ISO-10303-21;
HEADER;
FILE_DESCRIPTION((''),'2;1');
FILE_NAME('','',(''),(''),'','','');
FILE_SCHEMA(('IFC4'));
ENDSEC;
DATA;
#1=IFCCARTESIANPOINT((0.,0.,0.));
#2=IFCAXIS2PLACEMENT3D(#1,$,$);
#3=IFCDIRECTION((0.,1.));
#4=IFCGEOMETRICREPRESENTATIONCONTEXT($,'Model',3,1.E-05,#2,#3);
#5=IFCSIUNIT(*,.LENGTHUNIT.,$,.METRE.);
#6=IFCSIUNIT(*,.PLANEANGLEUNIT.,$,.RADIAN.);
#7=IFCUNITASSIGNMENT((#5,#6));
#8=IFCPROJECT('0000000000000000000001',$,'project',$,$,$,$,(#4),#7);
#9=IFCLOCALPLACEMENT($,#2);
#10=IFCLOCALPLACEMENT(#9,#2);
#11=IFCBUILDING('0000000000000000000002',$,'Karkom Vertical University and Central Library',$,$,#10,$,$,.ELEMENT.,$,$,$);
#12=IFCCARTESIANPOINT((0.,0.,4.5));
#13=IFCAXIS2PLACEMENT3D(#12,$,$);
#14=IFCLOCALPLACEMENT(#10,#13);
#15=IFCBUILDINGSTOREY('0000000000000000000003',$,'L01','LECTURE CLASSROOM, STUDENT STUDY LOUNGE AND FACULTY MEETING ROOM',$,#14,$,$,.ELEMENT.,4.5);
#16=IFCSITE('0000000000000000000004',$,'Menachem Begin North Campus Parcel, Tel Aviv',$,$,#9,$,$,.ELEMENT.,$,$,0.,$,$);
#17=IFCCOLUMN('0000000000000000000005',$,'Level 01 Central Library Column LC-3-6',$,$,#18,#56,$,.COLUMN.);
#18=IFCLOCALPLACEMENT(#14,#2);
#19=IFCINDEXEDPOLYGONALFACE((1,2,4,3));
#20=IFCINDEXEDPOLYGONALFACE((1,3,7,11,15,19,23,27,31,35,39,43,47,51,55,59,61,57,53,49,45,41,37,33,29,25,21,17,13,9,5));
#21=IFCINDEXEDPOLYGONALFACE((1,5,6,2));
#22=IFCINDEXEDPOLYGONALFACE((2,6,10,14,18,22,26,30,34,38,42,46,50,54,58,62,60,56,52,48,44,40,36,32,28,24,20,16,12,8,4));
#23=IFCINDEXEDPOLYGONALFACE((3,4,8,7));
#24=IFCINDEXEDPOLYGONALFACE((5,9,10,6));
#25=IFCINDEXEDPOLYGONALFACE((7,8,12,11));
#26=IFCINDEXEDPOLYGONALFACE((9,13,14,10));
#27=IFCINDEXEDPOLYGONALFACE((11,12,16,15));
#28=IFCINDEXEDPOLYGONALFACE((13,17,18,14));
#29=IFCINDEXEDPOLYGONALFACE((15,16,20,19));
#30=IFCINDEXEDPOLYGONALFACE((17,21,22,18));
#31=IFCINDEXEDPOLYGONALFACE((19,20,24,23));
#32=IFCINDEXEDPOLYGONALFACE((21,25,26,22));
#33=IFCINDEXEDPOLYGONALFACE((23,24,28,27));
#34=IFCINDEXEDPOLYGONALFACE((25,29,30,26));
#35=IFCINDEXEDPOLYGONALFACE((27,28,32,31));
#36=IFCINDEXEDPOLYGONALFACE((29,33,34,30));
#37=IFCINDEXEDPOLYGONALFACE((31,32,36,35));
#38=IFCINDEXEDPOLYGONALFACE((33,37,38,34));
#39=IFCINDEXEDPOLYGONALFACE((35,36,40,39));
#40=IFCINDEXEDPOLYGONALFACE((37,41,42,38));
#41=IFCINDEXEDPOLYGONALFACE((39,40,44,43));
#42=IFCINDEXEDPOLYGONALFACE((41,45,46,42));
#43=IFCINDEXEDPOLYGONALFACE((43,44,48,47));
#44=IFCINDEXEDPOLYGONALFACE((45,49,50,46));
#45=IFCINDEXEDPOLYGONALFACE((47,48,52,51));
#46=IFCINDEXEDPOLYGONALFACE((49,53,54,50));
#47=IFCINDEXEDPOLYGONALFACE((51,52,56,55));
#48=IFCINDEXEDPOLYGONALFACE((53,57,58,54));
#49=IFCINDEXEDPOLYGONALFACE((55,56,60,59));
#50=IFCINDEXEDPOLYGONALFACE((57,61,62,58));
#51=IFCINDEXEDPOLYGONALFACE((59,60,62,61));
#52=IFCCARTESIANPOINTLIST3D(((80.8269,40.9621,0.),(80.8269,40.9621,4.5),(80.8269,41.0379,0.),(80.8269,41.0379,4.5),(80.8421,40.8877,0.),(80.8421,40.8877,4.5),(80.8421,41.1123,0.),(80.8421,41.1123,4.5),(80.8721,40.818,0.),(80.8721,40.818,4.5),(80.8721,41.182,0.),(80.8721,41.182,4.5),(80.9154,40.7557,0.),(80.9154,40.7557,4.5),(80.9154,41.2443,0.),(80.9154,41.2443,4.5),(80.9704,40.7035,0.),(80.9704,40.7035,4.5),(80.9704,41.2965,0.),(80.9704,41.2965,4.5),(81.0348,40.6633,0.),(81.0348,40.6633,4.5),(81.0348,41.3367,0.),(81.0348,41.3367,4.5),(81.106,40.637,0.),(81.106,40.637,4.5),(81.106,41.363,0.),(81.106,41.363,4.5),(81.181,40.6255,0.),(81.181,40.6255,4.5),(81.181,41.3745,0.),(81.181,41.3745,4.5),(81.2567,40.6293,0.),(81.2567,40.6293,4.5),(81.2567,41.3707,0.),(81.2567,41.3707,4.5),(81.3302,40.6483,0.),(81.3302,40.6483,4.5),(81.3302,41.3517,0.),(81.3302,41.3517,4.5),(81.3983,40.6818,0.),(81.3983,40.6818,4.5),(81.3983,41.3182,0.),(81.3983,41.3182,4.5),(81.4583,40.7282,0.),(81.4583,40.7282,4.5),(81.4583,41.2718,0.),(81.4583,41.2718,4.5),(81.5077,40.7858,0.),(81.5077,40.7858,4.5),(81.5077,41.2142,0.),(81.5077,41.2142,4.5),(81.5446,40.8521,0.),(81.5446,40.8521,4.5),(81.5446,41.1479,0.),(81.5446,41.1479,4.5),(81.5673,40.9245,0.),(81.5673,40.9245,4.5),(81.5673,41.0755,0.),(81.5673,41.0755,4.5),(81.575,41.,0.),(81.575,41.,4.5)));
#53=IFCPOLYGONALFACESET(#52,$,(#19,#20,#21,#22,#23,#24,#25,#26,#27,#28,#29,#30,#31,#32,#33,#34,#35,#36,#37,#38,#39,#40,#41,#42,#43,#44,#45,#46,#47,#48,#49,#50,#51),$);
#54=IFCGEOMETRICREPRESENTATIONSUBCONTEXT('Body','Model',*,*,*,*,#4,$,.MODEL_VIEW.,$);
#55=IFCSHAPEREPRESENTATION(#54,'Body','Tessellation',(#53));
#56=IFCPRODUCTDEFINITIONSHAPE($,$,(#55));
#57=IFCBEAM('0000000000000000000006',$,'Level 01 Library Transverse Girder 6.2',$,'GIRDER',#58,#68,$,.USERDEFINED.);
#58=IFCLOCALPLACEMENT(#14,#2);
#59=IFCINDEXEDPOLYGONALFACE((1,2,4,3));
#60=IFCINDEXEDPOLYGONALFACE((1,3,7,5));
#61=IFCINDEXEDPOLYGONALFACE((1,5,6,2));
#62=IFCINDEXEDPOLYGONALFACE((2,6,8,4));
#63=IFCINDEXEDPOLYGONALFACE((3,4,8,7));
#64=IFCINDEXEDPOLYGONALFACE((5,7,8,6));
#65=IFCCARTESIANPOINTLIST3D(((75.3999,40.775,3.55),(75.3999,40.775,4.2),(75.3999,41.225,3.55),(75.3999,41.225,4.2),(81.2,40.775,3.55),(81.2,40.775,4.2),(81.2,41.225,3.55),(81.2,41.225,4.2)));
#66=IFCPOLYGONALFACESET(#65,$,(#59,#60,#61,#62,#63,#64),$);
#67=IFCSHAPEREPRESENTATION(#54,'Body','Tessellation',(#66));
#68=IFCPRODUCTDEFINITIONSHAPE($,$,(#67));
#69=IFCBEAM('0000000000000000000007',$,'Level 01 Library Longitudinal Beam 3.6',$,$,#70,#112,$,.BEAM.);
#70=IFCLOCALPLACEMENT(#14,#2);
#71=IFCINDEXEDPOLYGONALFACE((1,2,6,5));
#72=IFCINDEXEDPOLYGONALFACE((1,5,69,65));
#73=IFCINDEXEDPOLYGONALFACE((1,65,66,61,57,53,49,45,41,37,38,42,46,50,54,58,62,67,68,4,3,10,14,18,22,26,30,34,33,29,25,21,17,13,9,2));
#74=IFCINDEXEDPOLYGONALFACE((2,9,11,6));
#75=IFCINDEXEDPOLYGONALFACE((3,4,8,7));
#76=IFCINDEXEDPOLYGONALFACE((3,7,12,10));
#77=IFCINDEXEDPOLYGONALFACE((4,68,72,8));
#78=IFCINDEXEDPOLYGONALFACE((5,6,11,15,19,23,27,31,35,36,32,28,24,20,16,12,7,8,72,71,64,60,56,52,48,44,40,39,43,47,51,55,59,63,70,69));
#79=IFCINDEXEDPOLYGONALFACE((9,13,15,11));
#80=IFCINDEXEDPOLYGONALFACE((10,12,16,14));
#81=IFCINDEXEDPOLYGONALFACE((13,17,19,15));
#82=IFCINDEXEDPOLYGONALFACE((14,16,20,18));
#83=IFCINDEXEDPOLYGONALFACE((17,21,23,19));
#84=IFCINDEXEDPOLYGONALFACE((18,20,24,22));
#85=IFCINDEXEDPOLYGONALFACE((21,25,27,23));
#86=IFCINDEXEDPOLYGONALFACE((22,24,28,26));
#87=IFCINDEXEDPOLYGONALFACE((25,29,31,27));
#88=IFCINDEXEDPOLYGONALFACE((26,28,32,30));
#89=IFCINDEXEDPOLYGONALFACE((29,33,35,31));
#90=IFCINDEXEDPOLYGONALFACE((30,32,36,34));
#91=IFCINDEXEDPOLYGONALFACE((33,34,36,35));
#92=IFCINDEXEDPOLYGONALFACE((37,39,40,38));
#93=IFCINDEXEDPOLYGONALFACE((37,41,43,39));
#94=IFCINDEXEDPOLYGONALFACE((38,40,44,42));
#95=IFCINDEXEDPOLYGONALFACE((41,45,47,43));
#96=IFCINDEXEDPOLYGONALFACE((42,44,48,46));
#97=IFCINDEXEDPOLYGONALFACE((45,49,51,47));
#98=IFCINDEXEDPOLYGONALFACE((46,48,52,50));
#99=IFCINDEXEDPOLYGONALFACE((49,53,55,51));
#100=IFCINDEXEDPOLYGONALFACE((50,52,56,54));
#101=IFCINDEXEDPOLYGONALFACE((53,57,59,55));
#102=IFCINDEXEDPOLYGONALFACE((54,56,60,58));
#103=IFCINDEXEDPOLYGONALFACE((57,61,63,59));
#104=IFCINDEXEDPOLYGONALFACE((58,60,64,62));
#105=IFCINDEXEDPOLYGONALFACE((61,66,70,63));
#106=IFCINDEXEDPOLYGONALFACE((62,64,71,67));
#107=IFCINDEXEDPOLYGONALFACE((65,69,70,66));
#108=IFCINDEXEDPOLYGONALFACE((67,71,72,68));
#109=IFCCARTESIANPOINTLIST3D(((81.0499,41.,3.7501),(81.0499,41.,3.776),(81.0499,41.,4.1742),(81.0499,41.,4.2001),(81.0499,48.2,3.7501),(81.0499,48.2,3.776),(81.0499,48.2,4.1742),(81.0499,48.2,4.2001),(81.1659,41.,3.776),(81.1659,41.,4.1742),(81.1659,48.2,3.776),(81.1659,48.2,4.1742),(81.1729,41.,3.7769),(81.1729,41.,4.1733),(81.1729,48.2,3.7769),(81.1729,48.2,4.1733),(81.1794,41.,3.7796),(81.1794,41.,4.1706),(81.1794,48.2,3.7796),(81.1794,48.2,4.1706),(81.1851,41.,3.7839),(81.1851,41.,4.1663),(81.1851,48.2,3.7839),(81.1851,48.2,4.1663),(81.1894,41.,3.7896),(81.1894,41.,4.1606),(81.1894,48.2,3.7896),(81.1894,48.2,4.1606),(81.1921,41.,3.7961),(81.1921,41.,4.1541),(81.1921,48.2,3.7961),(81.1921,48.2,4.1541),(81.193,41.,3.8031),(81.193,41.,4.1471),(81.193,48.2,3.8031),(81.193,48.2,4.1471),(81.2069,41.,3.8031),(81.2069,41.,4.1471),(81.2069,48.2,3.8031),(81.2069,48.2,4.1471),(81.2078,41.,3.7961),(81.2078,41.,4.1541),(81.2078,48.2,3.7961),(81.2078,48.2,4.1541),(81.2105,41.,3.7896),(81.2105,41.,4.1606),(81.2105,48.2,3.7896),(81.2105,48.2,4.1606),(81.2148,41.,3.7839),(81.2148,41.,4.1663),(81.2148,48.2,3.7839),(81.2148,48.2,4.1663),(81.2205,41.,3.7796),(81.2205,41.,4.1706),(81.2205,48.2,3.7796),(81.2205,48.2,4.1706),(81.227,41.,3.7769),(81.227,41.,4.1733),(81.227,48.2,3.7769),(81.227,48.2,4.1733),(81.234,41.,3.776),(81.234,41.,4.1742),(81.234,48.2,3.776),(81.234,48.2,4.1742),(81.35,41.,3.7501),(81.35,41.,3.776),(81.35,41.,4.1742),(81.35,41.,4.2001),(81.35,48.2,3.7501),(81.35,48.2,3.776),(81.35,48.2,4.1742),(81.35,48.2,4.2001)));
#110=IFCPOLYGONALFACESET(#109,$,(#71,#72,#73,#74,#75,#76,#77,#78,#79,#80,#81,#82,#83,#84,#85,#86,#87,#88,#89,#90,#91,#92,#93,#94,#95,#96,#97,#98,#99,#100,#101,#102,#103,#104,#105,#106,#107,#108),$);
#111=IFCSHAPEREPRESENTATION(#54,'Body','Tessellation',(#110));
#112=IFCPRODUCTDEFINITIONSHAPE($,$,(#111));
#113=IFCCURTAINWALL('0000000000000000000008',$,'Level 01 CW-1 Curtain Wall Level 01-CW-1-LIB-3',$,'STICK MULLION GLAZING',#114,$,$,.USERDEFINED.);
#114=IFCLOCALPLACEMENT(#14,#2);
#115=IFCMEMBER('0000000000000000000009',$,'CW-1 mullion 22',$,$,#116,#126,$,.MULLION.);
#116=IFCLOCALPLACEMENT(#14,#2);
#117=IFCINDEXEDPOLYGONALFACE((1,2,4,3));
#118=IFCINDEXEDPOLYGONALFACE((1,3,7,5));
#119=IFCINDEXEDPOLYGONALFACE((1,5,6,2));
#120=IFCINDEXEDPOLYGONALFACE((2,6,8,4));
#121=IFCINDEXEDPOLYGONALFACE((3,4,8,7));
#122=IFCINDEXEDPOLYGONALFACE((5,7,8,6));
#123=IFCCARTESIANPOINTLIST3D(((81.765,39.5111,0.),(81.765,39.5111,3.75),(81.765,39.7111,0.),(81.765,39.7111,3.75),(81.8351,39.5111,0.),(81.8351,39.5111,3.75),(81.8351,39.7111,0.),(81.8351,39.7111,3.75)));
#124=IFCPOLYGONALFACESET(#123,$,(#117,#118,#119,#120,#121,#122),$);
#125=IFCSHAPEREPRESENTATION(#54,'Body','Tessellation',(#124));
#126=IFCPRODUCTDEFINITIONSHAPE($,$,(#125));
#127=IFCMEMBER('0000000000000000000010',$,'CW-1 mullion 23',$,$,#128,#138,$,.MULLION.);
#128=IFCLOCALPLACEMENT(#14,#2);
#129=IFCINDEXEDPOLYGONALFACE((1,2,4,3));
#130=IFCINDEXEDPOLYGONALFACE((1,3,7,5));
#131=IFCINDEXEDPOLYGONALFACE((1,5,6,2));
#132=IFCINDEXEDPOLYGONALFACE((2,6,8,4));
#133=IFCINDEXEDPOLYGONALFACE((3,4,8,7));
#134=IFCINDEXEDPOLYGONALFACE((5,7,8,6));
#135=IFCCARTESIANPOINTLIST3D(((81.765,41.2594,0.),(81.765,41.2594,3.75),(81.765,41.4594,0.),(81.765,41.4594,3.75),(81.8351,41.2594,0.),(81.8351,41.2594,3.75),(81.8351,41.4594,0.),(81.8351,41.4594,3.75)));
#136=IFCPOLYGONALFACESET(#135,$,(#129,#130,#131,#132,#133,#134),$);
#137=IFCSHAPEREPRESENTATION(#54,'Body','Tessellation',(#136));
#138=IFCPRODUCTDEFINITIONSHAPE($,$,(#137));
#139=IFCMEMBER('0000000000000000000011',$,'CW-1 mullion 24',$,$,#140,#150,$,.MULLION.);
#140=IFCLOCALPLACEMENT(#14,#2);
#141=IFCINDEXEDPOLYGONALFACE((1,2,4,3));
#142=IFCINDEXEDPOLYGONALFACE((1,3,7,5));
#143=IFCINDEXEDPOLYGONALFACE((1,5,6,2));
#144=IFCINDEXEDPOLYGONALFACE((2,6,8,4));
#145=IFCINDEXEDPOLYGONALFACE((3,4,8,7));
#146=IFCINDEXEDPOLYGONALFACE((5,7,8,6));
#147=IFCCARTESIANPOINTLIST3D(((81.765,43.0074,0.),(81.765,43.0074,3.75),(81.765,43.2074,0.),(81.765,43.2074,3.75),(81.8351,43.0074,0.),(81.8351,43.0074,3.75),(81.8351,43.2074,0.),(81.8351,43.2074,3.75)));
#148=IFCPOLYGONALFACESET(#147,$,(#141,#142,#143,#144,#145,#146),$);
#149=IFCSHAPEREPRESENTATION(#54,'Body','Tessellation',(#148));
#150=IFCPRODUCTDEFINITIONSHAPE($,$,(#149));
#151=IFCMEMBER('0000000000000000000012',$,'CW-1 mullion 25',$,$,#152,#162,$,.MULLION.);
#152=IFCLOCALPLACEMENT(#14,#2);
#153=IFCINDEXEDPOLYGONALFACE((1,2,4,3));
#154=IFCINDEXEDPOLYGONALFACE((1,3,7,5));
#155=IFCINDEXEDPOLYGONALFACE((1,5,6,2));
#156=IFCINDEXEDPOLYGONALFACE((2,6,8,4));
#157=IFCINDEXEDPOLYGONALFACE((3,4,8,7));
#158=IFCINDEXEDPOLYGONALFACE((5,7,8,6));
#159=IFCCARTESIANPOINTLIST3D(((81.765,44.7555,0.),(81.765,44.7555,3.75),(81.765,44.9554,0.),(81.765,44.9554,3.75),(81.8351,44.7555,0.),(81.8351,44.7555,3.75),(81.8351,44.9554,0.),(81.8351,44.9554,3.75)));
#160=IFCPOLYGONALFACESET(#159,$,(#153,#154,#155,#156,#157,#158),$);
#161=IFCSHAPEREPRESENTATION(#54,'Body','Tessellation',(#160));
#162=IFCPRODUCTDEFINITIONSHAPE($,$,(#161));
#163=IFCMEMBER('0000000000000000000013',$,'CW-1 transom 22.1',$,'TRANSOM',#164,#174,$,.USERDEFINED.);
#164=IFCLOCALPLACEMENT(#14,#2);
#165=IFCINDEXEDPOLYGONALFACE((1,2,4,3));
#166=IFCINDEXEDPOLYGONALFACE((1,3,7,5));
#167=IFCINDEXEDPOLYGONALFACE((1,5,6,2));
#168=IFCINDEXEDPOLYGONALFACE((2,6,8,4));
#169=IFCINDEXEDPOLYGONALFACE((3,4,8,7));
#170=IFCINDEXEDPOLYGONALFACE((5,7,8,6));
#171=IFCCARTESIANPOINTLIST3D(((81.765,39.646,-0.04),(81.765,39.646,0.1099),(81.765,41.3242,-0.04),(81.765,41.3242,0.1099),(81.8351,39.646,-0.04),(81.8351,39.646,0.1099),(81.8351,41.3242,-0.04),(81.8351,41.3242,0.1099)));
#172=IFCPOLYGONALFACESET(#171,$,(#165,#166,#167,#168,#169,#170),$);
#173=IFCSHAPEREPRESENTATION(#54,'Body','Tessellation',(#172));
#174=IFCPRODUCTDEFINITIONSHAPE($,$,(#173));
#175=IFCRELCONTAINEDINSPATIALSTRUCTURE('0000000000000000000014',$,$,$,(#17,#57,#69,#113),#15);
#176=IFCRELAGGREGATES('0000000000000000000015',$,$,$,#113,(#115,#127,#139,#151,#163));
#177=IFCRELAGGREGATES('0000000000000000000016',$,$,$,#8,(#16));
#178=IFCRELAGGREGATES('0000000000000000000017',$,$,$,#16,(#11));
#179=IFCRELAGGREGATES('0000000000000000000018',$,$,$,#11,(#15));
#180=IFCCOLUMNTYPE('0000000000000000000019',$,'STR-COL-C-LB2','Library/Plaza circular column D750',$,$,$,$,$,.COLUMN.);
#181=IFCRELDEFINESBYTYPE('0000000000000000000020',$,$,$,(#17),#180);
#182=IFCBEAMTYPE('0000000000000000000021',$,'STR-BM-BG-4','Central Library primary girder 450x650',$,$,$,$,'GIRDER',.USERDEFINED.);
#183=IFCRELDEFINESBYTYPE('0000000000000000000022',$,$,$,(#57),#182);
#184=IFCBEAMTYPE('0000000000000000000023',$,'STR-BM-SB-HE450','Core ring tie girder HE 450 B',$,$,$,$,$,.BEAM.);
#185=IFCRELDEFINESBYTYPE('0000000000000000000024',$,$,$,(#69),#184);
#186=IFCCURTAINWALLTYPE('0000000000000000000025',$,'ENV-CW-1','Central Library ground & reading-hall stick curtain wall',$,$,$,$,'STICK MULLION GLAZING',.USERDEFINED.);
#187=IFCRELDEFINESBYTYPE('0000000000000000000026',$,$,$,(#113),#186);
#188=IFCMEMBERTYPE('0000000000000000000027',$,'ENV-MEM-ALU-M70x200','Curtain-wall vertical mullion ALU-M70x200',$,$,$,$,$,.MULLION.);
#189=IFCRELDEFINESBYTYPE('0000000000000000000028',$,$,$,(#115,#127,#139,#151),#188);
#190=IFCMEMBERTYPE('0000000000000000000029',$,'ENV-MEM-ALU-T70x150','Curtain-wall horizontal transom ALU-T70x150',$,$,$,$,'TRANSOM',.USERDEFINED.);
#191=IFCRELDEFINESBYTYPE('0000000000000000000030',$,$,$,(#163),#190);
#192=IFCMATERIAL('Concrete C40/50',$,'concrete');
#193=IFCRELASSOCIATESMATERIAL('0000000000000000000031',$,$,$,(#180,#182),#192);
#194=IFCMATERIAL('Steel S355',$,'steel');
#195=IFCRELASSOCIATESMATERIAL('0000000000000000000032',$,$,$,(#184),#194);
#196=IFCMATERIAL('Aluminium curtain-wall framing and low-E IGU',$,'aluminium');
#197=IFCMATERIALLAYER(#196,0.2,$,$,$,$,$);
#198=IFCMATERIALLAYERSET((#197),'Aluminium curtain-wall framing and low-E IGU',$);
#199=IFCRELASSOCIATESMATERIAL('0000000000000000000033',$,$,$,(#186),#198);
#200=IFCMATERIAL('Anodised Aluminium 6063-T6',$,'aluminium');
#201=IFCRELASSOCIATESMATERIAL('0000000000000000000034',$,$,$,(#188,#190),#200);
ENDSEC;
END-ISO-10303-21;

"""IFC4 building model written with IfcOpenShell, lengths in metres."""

from ifc_helpers import new_model, si_unit, direction, frame, origin, origin_with_axes, origin_2d, place, context, subcontext, project, spatial, rectangle, circle, i_section, extrude, source, transform, mapped, material, layer, layer_set, material_profile, profile_set, type_object, element, aggregate, save


model = new_model("IFC4")

# Units and contexts
model_context = context("Model", 3, precision=1e-05, world=origin(), true_north=direction((0.0, 1.0)))
body_context = subcontext(model_context, "Body", "Model", "MODEL_VIEW")
ifc_project = project(units=[si_unit("LENGTHUNIT", "METRE"), si_unit("PLANEANGLEUNIT", "RADIAN")], contexts=[model_context])

# Site, building, storey
site_placement = place(None, origin())
site = spatial("IfcSite", under=ifc_project, at=site_placement, Name="Menachem Begin North Campus Parcel, Tel Aviv", CompositionType="ELEMENT", RefElevation=0.0)
building_placement = place(site_placement, origin())
building = spatial("IfcBuilding", under=site, at=building_placement, Name="Karkom Vertical University and Central Library", CompositionType="ELEMENT")
storey_placement = place(building_placement, frame((0.0, 0.0, 4.5)))
storey = spatial("IfcBuildingStorey", under=building, at=storey_placement, Name="L01", Description="LECTURE CLASSROOM, STUDENT STUDY LOUNGE AND FACULTY MEETING ROOM", CompositionType="ELEMENT", Elevation=4.5)

# Column
ifc_material_1 = material(Name="Concrete C40/50", Category="concrete")
ifc_material_profile_1 = material_profile(ifc_material_1, circle(Radius=0.375, at=origin_2d()), Name="RC-D750")
ifc_profile_set_1 = profile_set([ifc_material_profile_1], Name="Concrete C40/50")
column_type = type_object("IfcColumnType", Name="STR-COL-C-LB2", Description="Library/Plaza circular column D750", PredefinedType="COLUMN", material=ifc_profile_set_1)
shared_shape_1 = source(origin_with_axes(), body_context, "Body", "SweptSolid", [
    extrude(circle(Radius=0.375, at=origin_2d()), origin(), (0.0, 0.0, 1.0), 4.5),
])
column_placement = place(storey_placement, frame((81.2, 41.0, 0.0), z_axis=(0.0, 0.0, 1.0), x_axis=(1.0, 0.0, 0.0)))
element("IfcColumn", 1, at=column_placement, inside=storey, type_object=column_type, Name="Level 01 Central Library Column LC-3-6", PredefinedType="COLUMN", context=body_context, shape_type="MappedRepresentation", body=[
    mapped(shared_shape_1, transform((0.0, 0.0, 0.0), scale=1.0)),
])

# Beams
ifc_material_profile_2 = material_profile(ifc_material_1, rectangle(XDim=0.45, YDim=0.6499, at=origin_2d()), Name="RCB-450x650")
ifc_profile_set_2 = profile_set([ifc_material_profile_2], Name="Concrete C40/50")
beam_type_1 = type_object("IfcBeamType", Name="STR-BM-BG-4", Description="Central Library primary girder 450x650", ElementType="GIRDER", PredefinedType="USERDEFINED", material=ifc_profile_set_2)
shared_shape_2 = source(origin_with_axes(), body_context, "Body", "SweptSolid", [
    extrude(rectangle(XDim=0.45, YDim=0.6499, at=origin_2d()), origin(), (0.0, 0.0, 1.0), 5.8),
])
beam_1_placement = place(storey_placement, frame((75.3999, 41.0, 3.875), z_axis=(1.0, 0.0, 0.0), x_axis=(0.0, 1.0, 0.0)))
element("IfcBeam", 2, at=beam_1_placement, inside=storey, type_object=beam_type_1, Name="Level 01 Library Transverse Girder 6.2", ObjectType="GIRDER", PredefinedType="USERDEFINED", context=body_context, shape_type="MappedRepresentation", body=[
    mapped(shared_shape_2, transform((0.0, 0.0, 0.0), scale=1.0)),
])
ifc_material_2 = material(Name="Steel S355", Category="steel")
ifc_material_profile_3 = material_profile(ifc_material_2, i_section(OverallWidth=0.3, OverallDepth=0.45, WebThickness=0.0139, FlangeThickness=0.0259, FilletRadius=0.0271, at=origin_2d()), Name="HE 450 B")
ifc_profile_set_3 = profile_set([ifc_material_profile_3], Name="Steel S355")
beam_type_2 = type_object("IfcBeamType", Name="STR-BM-SB-HE450", Description="Core ring tie girder HE 450 B", PredefinedType="BEAM", material=ifc_profile_set_3)
shared_shape_3 = source(origin_with_axes(), body_context, "Body", "SweptSolid", [
    extrude(i_section(OverallWidth=0.3, OverallDepth=0.45, WebThickness=0.0139, FlangeThickness=0.0259, FilletRadius=0.0271, at=origin_2d()), origin(), (0.0, 0.0, 1.0), 7.2),
])
beam_2_placement = place(storey_placement, frame((81.2, 41.0, 3.9751), z_axis=(0.0, 1.0, 0.0), x_axis=(-1.0, 0.0, 0.0)))
element("IfcBeam", 3, at=beam_2_placement, inside=storey, type_object=beam_type_2, Name="Level 01 Library Longitudinal Beam 3.6", PredefinedType="BEAM", context=body_context, shape_type="MappedRepresentation", body=[
    mapped(shared_shape_3, transform((0.0, 0.0, 0.0), scale=1.0)),
])

# Curtain wall, members
ifc_material_3 = material(Name="Aluminium curtain-wall framing and low-E IGU", Category="aluminium")
ifc_layer_1 = layer(ifc_material_3, 0.2)
ifc_layer_set_1 = layer_set([ifc_layer_1], Name="Aluminium curtain-wall framing and low-E IGU")
curtain_wall_type = type_object("IfcCurtainWallType", Name="ENV-CW-1", Description="Central Library ground & reading-hall stick curtain wall", ElementType="STICK MULLION GLAZING", PredefinedType="USERDEFINED", material=ifc_layer_set_1)
curtain_wall_placement = place(storey_placement, origin())
curtain_wall = element("IfcCurtainWall", 4, at=curtain_wall_placement, inside=storey, type_object=curtain_wall_type, Name="Level 01 CW-1 Curtain Wall Level 01-CW-1-LIB-3", ObjectType="STICK MULLION GLAZING", PredefinedType="USERDEFINED")
ifc_material_4 = material(Name="Anodised Aluminium 6063-T6", Category="aluminium")
ifc_material_profile_4 = material_profile(ifc_material_4, rectangle(XDim=0.0701, YDim=0.2, at=origin_2d()), Name="ALU-M70x200")
ifc_profile_set_4 = profile_set([ifc_material_profile_4], Name="Anodised Aluminium 6063-T6")
member_type_1 = type_object("IfcMemberType", Name="ENV-MEM-ALU-M70x200", Description="Curtain-wall vertical mullion ALU-M70x200", PredefinedType="MULLION", material=ifc_profile_set_4)
shared_shape_4 = source(origin_with_axes(), body_context, "Body", "SweptSolid", [
    extrude(rectangle(XDim=0.0701, YDim=0.2, at=origin_2d()), origin(), (0.0, 0.0, 1.0), 3.75),
])
member_1_placement = place(storey_placement, frame((81.8, 39.6111, 0.0), z_axis=(0.0, 0.0, 1.0), x_axis=(-1.0, 0.0, 0.0)))
member_1 = element("IfcMember", 5, at=member_1_placement, type_object=member_type_1, Name="CW-1 mullion 22", PredefinedType="MULLION", context=body_context, shape_type="MappedRepresentation", body=[
    mapped(shared_shape_4, transform((0.0, 0.0, 0.0), scale=1.0)),
])
member_2_placement = place(storey_placement, frame((81.8, 41.3594, 0.0), z_axis=(0.0, 0.0, 1.0), x_axis=(-1.0, 0.0, 0.0)))
member_2 = element("IfcMember", 6, at=member_2_placement, type_object=member_type_1, Name="CW-1 mullion 23", PredefinedType="MULLION", context=body_context, shape_type="MappedRepresentation", body=[
    mapped(shared_shape_4, transform((0.0, 0.0, 0.0), scale=1.0)),
])
member_3_placement = place(storey_placement, frame((81.8, 43.1074, 0.0), z_axis=(0.0, 0.0, 1.0), x_axis=(-1.0, 0.0, 0.0)))
member_3 = element("IfcMember", 7, at=member_3_placement, type_object=member_type_1, Name="CW-1 mullion 24", PredefinedType="MULLION", context=body_context, shape_type="MappedRepresentation", body=[
    mapped(shared_shape_4, transform((0.0, 0.0, 0.0), scale=1.0)),
])
member_4_placement = place(storey_placement, frame((81.8, 44.8555, 0.0), z_axis=(0.0, 0.0, 1.0), x_axis=(-1.0, 0.0, 0.0)))
member_4 = element("IfcMember", 8, at=member_4_placement, type_object=member_type_1, Name="CW-1 mullion 25", PredefinedType="MULLION", context=body_context, shape_type="MappedRepresentation", body=[
    mapped(shared_shape_4, transform((0.0, 0.0, 0.0), scale=1.0)),
])
ifc_material_profile_5 = material_profile(ifc_material_4, rectangle(XDim=0.0701, YDim=0.1499, at=origin_2d()), Name="ALU-T70x150")
ifc_profile_set_5 = profile_set([ifc_material_profile_5], Name="Anodised Aluminium 6063-T6")
member_type_2 = type_object("IfcMemberType", Name="ENV-MEM-ALU-T70x150", Description="Curtain-wall horizontal transom ALU-T70x150", ElementType="TRANSOM", PredefinedType="USERDEFINED", material=ifc_profile_set_5)
shared_shape_5 = source(origin_with_axes(), body_context, "Body", "SweptSolid", [
    extrude(rectangle(XDim=0.0701, YDim=0.1499, at=origin_2d()), origin(), (0.0, 0.0, 1.0), 1.6782),
])
member_5_placement = place(storey_placement, frame((81.8, 39.646, 0.0349), z_axis=(0.0, 1.0, 0.0), x_axis=(-1.0, 0.0, 0.0)))
member_5 = element("IfcMember", 9, at=member_5_placement, type_object=member_type_2, Name="CW-1 transom 22.1", ObjectType="TRANSOM", PredefinedType="USERDEFINED", context=body_context, shape_type="MappedRepresentation", body=[
    mapped(shared_shape_5, transform((0.0, 0.0, 0.0), scale=1.0)),
])
aggregate(curtain_wall, [member_1, member_2, member_3, member_4, member_5])

save(model, "model.ifc")
